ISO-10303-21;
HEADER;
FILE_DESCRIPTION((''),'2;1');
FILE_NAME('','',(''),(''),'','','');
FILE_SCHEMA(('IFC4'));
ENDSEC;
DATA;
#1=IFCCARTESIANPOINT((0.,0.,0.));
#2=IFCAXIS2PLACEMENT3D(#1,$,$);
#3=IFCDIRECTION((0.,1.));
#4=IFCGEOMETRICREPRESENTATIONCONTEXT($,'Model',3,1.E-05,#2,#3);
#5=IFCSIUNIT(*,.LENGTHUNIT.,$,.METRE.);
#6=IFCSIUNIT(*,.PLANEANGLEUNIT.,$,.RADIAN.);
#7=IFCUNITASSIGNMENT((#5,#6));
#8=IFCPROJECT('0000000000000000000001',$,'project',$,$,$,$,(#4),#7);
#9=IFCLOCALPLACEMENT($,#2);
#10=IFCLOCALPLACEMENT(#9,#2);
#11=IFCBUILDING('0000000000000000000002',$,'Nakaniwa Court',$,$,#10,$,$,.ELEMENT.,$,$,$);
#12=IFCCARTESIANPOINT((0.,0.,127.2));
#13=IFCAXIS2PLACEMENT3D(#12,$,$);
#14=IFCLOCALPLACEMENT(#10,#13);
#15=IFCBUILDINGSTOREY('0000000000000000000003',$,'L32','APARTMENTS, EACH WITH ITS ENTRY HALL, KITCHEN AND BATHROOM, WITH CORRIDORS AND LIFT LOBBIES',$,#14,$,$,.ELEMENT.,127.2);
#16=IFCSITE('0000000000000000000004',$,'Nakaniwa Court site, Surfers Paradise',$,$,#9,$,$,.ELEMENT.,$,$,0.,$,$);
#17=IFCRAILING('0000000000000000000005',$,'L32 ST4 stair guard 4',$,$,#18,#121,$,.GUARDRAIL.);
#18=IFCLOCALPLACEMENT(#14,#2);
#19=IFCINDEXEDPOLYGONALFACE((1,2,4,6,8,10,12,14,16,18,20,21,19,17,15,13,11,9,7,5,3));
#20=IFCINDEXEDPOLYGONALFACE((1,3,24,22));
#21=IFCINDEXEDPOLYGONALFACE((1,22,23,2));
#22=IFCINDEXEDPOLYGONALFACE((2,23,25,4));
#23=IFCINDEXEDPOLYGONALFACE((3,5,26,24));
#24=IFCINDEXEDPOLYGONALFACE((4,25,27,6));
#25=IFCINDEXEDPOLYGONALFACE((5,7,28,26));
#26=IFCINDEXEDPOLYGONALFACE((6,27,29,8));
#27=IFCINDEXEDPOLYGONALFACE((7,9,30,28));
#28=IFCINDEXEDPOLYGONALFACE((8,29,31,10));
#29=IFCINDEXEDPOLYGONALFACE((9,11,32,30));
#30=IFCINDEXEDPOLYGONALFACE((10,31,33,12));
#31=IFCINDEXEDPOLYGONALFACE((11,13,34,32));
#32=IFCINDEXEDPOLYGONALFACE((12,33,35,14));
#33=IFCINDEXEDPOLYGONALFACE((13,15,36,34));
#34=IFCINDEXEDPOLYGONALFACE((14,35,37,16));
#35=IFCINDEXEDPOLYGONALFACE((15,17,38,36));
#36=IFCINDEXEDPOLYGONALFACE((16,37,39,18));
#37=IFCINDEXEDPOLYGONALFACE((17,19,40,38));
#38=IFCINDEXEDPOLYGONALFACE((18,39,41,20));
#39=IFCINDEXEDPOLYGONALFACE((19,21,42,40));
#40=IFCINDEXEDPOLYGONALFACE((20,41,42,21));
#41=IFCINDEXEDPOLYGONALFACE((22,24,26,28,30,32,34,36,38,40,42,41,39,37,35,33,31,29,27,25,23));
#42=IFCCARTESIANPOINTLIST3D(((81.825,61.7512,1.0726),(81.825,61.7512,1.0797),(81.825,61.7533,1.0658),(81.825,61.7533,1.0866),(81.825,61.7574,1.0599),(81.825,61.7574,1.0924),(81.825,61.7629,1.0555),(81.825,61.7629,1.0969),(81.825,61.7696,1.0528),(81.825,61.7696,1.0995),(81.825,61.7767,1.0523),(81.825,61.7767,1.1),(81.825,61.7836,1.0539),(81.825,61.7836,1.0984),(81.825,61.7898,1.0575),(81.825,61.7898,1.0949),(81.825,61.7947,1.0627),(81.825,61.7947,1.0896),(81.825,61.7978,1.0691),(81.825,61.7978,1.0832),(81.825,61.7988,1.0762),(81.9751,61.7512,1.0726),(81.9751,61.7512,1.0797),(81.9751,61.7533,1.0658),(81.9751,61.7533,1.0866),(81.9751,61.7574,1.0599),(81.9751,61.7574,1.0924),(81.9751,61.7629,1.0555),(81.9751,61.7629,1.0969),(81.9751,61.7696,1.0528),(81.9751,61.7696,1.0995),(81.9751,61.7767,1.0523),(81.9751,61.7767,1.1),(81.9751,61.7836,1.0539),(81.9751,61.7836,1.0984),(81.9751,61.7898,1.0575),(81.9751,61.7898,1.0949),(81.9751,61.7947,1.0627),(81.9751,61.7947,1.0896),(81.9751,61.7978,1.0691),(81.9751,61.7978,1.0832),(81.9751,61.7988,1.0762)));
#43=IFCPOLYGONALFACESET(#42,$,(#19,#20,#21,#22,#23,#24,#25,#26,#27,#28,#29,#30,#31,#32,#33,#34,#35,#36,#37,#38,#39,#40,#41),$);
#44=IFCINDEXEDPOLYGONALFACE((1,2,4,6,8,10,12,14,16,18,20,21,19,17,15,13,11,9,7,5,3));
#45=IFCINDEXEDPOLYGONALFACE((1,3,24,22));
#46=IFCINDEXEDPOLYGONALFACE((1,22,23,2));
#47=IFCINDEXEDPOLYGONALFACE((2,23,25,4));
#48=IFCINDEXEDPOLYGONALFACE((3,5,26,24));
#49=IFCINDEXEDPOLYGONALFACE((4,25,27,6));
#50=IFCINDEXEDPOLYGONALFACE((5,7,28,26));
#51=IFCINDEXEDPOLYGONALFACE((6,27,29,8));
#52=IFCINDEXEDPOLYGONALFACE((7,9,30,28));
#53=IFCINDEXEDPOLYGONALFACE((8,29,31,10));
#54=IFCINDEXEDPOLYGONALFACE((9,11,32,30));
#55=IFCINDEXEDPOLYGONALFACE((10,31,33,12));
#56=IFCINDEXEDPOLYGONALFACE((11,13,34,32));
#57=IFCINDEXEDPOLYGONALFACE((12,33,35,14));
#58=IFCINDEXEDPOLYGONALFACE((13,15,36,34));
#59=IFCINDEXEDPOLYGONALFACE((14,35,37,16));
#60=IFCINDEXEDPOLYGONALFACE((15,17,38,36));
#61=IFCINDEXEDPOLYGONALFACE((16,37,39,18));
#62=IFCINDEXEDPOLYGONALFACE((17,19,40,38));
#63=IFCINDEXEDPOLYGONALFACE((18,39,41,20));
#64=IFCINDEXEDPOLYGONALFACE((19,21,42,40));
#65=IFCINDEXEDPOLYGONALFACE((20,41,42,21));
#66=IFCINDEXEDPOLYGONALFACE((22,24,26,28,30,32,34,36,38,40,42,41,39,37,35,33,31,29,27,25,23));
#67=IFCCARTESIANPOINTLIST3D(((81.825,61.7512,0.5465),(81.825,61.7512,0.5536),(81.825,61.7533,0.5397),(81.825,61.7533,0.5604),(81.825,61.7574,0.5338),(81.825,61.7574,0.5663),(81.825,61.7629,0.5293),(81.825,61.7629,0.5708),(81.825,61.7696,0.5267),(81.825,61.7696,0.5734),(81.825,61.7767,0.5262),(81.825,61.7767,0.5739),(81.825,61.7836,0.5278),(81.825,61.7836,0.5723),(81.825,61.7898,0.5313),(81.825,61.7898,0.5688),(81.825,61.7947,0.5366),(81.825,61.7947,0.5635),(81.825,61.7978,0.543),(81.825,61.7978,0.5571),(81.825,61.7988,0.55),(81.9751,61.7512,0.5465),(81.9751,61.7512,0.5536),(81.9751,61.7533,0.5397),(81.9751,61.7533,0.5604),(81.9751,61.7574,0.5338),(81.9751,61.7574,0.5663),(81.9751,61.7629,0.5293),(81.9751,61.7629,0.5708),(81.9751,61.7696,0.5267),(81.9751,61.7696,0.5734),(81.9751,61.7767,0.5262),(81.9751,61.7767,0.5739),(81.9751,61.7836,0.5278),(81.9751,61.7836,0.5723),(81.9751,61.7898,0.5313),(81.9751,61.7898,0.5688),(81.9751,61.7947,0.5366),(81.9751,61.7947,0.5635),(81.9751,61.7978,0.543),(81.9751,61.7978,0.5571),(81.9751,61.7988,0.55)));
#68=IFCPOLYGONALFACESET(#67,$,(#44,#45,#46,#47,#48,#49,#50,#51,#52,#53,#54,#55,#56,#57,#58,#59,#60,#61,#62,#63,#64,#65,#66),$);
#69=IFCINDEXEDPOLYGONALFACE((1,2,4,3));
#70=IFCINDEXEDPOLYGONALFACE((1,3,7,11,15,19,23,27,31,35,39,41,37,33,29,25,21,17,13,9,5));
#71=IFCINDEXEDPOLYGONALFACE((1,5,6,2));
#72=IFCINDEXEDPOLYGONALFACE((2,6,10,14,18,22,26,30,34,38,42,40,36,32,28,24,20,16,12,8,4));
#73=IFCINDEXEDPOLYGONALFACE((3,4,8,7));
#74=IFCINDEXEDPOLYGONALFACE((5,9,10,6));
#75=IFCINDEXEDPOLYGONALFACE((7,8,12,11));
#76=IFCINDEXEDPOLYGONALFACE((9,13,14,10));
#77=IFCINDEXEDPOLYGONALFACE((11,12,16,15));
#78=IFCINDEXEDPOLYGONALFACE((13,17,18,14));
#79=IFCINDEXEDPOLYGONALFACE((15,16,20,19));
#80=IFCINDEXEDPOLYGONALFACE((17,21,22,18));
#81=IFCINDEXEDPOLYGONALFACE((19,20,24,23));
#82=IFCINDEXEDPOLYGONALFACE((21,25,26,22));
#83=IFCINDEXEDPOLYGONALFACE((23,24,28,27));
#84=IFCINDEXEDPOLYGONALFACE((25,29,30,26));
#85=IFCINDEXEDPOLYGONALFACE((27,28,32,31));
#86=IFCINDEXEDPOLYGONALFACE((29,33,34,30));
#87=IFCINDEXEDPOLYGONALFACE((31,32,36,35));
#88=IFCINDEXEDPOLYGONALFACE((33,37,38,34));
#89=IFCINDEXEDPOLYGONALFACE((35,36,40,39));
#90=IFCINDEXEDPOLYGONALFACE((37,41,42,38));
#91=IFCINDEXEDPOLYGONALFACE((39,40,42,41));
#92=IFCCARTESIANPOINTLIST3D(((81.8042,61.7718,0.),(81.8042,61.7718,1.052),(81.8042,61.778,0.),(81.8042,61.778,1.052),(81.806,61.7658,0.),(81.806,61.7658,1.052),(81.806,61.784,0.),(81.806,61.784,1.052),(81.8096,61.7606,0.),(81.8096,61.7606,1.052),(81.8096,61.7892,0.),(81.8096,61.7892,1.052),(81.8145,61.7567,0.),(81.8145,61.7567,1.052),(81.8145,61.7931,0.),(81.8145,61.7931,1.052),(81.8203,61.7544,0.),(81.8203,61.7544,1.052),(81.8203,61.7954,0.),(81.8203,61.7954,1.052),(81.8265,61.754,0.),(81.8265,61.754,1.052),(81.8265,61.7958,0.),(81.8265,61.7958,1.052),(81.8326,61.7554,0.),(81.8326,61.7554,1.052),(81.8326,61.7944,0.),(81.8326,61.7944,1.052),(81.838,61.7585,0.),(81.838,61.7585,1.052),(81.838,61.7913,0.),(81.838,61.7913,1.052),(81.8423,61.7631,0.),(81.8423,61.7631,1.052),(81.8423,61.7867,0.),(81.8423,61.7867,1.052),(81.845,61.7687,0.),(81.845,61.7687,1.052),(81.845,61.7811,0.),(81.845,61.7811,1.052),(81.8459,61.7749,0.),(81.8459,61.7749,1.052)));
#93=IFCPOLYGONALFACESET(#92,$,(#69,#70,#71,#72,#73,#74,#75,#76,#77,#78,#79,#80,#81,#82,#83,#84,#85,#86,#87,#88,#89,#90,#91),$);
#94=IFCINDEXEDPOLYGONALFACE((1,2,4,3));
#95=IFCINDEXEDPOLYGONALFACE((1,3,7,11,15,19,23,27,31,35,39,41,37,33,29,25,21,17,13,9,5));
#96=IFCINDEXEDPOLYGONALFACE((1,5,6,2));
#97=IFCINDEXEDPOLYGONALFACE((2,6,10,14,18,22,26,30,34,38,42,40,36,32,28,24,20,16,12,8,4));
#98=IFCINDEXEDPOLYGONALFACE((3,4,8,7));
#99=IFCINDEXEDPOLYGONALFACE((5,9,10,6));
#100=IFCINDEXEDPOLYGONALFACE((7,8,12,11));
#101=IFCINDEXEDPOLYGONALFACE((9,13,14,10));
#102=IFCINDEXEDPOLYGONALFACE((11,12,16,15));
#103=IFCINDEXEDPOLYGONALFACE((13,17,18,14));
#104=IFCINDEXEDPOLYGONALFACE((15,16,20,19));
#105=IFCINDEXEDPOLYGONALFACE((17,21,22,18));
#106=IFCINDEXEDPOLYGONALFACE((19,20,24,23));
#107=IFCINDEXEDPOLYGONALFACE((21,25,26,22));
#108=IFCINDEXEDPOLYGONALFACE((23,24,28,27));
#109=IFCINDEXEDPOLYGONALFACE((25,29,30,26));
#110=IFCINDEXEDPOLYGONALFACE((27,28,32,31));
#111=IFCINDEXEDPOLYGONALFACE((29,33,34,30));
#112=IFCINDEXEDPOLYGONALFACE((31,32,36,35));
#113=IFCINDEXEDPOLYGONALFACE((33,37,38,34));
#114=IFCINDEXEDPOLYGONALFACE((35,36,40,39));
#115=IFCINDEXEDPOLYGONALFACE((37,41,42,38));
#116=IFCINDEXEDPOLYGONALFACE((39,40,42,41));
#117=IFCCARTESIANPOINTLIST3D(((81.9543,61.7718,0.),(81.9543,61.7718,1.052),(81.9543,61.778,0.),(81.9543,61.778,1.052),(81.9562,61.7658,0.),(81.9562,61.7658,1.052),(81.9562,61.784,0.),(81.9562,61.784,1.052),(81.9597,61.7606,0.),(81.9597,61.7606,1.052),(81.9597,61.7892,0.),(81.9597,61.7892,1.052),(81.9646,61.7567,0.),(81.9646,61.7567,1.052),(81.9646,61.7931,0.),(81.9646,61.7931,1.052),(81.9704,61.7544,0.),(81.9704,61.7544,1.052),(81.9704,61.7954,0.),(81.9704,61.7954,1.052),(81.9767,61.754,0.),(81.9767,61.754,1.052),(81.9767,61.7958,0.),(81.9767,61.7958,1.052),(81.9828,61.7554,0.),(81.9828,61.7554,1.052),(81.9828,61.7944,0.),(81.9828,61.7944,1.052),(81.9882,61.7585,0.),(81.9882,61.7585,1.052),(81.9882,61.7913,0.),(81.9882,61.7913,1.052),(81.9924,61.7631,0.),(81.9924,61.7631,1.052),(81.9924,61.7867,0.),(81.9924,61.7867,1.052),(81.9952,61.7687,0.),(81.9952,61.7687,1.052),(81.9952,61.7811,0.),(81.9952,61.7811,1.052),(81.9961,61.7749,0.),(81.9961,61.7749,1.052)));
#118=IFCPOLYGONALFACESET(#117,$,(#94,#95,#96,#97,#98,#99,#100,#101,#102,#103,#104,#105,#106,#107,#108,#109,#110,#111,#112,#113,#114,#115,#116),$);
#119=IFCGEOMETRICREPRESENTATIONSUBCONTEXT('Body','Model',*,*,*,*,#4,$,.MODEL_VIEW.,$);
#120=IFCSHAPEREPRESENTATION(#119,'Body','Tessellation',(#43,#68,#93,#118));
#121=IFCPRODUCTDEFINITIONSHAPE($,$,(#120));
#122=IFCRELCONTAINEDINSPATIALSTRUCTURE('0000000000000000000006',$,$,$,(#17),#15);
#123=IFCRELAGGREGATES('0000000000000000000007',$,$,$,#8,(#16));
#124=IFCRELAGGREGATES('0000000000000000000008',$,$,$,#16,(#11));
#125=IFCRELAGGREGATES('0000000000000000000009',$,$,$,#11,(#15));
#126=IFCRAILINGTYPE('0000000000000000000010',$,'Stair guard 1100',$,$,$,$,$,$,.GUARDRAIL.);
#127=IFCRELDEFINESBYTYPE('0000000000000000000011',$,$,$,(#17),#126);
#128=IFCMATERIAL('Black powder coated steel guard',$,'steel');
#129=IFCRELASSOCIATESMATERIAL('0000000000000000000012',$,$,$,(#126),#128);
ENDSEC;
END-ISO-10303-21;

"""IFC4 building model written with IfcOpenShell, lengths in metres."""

from ifc_helpers import new_model, si_unit, direction, frame, origin, origin_2d, place, context, subcontext, project, spatial, circle, extrude, material, type_object, element, save


model = new_model("IFC4")

# Units and contexts
model_context = context("Model", 3, precision=1e-05, world=origin(), true_north=direction((0.0, 1.0)))
body_context = subcontext(model_context, "Body", "Model", "MODEL_VIEW")
ifc_project = project(units=[si_unit("LENGTHUNIT", "METRE"), si_unit("PLANEANGLEUNIT", "RADIAN")], contexts=[model_context])

# Site, building, storey
site_placement = place(None, origin())
site = spatial("IfcSite", under=ifc_project, at=site_placement, Name="Nakaniwa Court site, Surfers Paradise", CompositionType="ELEMENT", RefElevation=0.0)
building_placement = place(site_placement, origin())
building = spatial("IfcBuilding", under=site, at=building_placement, Name="Nakaniwa Court", CompositionType="ELEMENT")
storey_placement = place(building_placement, frame((0.0, 0.0, 127.2)))
storey = spatial("IfcBuildingStorey", under=building, at=storey_placement, Name="L32", Description="APARTMENTS, EACH WITH ITS ENTRY HALL, KITCHEN AND BATHROOM, WITH CORRIDORS AND LIFT LOBBIES", CompositionType="ELEMENT", Elevation=127.2)

# Railing
ifc_material_1 = material(Name="Black powder coated steel guard", Category="steel")
railing_type_1 = type_object("IfcRailingType", Name="Stair guard 1100", PredefinedType="GUARDRAIL", material=ifc_material_1)
railing_1_placement = place(storey_placement, frame((81.825, 61.7749, 0.0)))
element("IfcRailing", 1, at=railing_1_placement, inside=storey, type_object=railing_type_1, Name="L32 ST4 stair guard 4", PredefinedType="GUARDRAIL", context=body_context, shape_type="SweptSolid", body=[
    extrude(circle(Radius=0.0239, at=origin_2d()), frame((0.0, 0.0, 1.0762), z_axis=(1.0, 0.0, 0.0), x_axis=(0.0, 1.0, 0.0)), (0.0, 0.0, 1.0), 0.1501),
    extrude(circle(Radius=0.0239, at=origin_2d()), frame((0.0, 0.0, 0.55), z_axis=(1.0, 0.0, 0.0), x_axis=(0.0, 1.0, 0.0)), (0.0, 0.0, 1.0), 0.1501),
    extrude(circle(Radius=0.021, at=origin_2d()), origin(), (0.0, 0.0, 1.0), 1.052),
    extrude(circle(Radius=0.021, at=origin_2d()), frame((0.1501, 0.0, 0.0)), (0.0, 0.0, 1.0), 1.052),
])

save(model, "model.ifc")
